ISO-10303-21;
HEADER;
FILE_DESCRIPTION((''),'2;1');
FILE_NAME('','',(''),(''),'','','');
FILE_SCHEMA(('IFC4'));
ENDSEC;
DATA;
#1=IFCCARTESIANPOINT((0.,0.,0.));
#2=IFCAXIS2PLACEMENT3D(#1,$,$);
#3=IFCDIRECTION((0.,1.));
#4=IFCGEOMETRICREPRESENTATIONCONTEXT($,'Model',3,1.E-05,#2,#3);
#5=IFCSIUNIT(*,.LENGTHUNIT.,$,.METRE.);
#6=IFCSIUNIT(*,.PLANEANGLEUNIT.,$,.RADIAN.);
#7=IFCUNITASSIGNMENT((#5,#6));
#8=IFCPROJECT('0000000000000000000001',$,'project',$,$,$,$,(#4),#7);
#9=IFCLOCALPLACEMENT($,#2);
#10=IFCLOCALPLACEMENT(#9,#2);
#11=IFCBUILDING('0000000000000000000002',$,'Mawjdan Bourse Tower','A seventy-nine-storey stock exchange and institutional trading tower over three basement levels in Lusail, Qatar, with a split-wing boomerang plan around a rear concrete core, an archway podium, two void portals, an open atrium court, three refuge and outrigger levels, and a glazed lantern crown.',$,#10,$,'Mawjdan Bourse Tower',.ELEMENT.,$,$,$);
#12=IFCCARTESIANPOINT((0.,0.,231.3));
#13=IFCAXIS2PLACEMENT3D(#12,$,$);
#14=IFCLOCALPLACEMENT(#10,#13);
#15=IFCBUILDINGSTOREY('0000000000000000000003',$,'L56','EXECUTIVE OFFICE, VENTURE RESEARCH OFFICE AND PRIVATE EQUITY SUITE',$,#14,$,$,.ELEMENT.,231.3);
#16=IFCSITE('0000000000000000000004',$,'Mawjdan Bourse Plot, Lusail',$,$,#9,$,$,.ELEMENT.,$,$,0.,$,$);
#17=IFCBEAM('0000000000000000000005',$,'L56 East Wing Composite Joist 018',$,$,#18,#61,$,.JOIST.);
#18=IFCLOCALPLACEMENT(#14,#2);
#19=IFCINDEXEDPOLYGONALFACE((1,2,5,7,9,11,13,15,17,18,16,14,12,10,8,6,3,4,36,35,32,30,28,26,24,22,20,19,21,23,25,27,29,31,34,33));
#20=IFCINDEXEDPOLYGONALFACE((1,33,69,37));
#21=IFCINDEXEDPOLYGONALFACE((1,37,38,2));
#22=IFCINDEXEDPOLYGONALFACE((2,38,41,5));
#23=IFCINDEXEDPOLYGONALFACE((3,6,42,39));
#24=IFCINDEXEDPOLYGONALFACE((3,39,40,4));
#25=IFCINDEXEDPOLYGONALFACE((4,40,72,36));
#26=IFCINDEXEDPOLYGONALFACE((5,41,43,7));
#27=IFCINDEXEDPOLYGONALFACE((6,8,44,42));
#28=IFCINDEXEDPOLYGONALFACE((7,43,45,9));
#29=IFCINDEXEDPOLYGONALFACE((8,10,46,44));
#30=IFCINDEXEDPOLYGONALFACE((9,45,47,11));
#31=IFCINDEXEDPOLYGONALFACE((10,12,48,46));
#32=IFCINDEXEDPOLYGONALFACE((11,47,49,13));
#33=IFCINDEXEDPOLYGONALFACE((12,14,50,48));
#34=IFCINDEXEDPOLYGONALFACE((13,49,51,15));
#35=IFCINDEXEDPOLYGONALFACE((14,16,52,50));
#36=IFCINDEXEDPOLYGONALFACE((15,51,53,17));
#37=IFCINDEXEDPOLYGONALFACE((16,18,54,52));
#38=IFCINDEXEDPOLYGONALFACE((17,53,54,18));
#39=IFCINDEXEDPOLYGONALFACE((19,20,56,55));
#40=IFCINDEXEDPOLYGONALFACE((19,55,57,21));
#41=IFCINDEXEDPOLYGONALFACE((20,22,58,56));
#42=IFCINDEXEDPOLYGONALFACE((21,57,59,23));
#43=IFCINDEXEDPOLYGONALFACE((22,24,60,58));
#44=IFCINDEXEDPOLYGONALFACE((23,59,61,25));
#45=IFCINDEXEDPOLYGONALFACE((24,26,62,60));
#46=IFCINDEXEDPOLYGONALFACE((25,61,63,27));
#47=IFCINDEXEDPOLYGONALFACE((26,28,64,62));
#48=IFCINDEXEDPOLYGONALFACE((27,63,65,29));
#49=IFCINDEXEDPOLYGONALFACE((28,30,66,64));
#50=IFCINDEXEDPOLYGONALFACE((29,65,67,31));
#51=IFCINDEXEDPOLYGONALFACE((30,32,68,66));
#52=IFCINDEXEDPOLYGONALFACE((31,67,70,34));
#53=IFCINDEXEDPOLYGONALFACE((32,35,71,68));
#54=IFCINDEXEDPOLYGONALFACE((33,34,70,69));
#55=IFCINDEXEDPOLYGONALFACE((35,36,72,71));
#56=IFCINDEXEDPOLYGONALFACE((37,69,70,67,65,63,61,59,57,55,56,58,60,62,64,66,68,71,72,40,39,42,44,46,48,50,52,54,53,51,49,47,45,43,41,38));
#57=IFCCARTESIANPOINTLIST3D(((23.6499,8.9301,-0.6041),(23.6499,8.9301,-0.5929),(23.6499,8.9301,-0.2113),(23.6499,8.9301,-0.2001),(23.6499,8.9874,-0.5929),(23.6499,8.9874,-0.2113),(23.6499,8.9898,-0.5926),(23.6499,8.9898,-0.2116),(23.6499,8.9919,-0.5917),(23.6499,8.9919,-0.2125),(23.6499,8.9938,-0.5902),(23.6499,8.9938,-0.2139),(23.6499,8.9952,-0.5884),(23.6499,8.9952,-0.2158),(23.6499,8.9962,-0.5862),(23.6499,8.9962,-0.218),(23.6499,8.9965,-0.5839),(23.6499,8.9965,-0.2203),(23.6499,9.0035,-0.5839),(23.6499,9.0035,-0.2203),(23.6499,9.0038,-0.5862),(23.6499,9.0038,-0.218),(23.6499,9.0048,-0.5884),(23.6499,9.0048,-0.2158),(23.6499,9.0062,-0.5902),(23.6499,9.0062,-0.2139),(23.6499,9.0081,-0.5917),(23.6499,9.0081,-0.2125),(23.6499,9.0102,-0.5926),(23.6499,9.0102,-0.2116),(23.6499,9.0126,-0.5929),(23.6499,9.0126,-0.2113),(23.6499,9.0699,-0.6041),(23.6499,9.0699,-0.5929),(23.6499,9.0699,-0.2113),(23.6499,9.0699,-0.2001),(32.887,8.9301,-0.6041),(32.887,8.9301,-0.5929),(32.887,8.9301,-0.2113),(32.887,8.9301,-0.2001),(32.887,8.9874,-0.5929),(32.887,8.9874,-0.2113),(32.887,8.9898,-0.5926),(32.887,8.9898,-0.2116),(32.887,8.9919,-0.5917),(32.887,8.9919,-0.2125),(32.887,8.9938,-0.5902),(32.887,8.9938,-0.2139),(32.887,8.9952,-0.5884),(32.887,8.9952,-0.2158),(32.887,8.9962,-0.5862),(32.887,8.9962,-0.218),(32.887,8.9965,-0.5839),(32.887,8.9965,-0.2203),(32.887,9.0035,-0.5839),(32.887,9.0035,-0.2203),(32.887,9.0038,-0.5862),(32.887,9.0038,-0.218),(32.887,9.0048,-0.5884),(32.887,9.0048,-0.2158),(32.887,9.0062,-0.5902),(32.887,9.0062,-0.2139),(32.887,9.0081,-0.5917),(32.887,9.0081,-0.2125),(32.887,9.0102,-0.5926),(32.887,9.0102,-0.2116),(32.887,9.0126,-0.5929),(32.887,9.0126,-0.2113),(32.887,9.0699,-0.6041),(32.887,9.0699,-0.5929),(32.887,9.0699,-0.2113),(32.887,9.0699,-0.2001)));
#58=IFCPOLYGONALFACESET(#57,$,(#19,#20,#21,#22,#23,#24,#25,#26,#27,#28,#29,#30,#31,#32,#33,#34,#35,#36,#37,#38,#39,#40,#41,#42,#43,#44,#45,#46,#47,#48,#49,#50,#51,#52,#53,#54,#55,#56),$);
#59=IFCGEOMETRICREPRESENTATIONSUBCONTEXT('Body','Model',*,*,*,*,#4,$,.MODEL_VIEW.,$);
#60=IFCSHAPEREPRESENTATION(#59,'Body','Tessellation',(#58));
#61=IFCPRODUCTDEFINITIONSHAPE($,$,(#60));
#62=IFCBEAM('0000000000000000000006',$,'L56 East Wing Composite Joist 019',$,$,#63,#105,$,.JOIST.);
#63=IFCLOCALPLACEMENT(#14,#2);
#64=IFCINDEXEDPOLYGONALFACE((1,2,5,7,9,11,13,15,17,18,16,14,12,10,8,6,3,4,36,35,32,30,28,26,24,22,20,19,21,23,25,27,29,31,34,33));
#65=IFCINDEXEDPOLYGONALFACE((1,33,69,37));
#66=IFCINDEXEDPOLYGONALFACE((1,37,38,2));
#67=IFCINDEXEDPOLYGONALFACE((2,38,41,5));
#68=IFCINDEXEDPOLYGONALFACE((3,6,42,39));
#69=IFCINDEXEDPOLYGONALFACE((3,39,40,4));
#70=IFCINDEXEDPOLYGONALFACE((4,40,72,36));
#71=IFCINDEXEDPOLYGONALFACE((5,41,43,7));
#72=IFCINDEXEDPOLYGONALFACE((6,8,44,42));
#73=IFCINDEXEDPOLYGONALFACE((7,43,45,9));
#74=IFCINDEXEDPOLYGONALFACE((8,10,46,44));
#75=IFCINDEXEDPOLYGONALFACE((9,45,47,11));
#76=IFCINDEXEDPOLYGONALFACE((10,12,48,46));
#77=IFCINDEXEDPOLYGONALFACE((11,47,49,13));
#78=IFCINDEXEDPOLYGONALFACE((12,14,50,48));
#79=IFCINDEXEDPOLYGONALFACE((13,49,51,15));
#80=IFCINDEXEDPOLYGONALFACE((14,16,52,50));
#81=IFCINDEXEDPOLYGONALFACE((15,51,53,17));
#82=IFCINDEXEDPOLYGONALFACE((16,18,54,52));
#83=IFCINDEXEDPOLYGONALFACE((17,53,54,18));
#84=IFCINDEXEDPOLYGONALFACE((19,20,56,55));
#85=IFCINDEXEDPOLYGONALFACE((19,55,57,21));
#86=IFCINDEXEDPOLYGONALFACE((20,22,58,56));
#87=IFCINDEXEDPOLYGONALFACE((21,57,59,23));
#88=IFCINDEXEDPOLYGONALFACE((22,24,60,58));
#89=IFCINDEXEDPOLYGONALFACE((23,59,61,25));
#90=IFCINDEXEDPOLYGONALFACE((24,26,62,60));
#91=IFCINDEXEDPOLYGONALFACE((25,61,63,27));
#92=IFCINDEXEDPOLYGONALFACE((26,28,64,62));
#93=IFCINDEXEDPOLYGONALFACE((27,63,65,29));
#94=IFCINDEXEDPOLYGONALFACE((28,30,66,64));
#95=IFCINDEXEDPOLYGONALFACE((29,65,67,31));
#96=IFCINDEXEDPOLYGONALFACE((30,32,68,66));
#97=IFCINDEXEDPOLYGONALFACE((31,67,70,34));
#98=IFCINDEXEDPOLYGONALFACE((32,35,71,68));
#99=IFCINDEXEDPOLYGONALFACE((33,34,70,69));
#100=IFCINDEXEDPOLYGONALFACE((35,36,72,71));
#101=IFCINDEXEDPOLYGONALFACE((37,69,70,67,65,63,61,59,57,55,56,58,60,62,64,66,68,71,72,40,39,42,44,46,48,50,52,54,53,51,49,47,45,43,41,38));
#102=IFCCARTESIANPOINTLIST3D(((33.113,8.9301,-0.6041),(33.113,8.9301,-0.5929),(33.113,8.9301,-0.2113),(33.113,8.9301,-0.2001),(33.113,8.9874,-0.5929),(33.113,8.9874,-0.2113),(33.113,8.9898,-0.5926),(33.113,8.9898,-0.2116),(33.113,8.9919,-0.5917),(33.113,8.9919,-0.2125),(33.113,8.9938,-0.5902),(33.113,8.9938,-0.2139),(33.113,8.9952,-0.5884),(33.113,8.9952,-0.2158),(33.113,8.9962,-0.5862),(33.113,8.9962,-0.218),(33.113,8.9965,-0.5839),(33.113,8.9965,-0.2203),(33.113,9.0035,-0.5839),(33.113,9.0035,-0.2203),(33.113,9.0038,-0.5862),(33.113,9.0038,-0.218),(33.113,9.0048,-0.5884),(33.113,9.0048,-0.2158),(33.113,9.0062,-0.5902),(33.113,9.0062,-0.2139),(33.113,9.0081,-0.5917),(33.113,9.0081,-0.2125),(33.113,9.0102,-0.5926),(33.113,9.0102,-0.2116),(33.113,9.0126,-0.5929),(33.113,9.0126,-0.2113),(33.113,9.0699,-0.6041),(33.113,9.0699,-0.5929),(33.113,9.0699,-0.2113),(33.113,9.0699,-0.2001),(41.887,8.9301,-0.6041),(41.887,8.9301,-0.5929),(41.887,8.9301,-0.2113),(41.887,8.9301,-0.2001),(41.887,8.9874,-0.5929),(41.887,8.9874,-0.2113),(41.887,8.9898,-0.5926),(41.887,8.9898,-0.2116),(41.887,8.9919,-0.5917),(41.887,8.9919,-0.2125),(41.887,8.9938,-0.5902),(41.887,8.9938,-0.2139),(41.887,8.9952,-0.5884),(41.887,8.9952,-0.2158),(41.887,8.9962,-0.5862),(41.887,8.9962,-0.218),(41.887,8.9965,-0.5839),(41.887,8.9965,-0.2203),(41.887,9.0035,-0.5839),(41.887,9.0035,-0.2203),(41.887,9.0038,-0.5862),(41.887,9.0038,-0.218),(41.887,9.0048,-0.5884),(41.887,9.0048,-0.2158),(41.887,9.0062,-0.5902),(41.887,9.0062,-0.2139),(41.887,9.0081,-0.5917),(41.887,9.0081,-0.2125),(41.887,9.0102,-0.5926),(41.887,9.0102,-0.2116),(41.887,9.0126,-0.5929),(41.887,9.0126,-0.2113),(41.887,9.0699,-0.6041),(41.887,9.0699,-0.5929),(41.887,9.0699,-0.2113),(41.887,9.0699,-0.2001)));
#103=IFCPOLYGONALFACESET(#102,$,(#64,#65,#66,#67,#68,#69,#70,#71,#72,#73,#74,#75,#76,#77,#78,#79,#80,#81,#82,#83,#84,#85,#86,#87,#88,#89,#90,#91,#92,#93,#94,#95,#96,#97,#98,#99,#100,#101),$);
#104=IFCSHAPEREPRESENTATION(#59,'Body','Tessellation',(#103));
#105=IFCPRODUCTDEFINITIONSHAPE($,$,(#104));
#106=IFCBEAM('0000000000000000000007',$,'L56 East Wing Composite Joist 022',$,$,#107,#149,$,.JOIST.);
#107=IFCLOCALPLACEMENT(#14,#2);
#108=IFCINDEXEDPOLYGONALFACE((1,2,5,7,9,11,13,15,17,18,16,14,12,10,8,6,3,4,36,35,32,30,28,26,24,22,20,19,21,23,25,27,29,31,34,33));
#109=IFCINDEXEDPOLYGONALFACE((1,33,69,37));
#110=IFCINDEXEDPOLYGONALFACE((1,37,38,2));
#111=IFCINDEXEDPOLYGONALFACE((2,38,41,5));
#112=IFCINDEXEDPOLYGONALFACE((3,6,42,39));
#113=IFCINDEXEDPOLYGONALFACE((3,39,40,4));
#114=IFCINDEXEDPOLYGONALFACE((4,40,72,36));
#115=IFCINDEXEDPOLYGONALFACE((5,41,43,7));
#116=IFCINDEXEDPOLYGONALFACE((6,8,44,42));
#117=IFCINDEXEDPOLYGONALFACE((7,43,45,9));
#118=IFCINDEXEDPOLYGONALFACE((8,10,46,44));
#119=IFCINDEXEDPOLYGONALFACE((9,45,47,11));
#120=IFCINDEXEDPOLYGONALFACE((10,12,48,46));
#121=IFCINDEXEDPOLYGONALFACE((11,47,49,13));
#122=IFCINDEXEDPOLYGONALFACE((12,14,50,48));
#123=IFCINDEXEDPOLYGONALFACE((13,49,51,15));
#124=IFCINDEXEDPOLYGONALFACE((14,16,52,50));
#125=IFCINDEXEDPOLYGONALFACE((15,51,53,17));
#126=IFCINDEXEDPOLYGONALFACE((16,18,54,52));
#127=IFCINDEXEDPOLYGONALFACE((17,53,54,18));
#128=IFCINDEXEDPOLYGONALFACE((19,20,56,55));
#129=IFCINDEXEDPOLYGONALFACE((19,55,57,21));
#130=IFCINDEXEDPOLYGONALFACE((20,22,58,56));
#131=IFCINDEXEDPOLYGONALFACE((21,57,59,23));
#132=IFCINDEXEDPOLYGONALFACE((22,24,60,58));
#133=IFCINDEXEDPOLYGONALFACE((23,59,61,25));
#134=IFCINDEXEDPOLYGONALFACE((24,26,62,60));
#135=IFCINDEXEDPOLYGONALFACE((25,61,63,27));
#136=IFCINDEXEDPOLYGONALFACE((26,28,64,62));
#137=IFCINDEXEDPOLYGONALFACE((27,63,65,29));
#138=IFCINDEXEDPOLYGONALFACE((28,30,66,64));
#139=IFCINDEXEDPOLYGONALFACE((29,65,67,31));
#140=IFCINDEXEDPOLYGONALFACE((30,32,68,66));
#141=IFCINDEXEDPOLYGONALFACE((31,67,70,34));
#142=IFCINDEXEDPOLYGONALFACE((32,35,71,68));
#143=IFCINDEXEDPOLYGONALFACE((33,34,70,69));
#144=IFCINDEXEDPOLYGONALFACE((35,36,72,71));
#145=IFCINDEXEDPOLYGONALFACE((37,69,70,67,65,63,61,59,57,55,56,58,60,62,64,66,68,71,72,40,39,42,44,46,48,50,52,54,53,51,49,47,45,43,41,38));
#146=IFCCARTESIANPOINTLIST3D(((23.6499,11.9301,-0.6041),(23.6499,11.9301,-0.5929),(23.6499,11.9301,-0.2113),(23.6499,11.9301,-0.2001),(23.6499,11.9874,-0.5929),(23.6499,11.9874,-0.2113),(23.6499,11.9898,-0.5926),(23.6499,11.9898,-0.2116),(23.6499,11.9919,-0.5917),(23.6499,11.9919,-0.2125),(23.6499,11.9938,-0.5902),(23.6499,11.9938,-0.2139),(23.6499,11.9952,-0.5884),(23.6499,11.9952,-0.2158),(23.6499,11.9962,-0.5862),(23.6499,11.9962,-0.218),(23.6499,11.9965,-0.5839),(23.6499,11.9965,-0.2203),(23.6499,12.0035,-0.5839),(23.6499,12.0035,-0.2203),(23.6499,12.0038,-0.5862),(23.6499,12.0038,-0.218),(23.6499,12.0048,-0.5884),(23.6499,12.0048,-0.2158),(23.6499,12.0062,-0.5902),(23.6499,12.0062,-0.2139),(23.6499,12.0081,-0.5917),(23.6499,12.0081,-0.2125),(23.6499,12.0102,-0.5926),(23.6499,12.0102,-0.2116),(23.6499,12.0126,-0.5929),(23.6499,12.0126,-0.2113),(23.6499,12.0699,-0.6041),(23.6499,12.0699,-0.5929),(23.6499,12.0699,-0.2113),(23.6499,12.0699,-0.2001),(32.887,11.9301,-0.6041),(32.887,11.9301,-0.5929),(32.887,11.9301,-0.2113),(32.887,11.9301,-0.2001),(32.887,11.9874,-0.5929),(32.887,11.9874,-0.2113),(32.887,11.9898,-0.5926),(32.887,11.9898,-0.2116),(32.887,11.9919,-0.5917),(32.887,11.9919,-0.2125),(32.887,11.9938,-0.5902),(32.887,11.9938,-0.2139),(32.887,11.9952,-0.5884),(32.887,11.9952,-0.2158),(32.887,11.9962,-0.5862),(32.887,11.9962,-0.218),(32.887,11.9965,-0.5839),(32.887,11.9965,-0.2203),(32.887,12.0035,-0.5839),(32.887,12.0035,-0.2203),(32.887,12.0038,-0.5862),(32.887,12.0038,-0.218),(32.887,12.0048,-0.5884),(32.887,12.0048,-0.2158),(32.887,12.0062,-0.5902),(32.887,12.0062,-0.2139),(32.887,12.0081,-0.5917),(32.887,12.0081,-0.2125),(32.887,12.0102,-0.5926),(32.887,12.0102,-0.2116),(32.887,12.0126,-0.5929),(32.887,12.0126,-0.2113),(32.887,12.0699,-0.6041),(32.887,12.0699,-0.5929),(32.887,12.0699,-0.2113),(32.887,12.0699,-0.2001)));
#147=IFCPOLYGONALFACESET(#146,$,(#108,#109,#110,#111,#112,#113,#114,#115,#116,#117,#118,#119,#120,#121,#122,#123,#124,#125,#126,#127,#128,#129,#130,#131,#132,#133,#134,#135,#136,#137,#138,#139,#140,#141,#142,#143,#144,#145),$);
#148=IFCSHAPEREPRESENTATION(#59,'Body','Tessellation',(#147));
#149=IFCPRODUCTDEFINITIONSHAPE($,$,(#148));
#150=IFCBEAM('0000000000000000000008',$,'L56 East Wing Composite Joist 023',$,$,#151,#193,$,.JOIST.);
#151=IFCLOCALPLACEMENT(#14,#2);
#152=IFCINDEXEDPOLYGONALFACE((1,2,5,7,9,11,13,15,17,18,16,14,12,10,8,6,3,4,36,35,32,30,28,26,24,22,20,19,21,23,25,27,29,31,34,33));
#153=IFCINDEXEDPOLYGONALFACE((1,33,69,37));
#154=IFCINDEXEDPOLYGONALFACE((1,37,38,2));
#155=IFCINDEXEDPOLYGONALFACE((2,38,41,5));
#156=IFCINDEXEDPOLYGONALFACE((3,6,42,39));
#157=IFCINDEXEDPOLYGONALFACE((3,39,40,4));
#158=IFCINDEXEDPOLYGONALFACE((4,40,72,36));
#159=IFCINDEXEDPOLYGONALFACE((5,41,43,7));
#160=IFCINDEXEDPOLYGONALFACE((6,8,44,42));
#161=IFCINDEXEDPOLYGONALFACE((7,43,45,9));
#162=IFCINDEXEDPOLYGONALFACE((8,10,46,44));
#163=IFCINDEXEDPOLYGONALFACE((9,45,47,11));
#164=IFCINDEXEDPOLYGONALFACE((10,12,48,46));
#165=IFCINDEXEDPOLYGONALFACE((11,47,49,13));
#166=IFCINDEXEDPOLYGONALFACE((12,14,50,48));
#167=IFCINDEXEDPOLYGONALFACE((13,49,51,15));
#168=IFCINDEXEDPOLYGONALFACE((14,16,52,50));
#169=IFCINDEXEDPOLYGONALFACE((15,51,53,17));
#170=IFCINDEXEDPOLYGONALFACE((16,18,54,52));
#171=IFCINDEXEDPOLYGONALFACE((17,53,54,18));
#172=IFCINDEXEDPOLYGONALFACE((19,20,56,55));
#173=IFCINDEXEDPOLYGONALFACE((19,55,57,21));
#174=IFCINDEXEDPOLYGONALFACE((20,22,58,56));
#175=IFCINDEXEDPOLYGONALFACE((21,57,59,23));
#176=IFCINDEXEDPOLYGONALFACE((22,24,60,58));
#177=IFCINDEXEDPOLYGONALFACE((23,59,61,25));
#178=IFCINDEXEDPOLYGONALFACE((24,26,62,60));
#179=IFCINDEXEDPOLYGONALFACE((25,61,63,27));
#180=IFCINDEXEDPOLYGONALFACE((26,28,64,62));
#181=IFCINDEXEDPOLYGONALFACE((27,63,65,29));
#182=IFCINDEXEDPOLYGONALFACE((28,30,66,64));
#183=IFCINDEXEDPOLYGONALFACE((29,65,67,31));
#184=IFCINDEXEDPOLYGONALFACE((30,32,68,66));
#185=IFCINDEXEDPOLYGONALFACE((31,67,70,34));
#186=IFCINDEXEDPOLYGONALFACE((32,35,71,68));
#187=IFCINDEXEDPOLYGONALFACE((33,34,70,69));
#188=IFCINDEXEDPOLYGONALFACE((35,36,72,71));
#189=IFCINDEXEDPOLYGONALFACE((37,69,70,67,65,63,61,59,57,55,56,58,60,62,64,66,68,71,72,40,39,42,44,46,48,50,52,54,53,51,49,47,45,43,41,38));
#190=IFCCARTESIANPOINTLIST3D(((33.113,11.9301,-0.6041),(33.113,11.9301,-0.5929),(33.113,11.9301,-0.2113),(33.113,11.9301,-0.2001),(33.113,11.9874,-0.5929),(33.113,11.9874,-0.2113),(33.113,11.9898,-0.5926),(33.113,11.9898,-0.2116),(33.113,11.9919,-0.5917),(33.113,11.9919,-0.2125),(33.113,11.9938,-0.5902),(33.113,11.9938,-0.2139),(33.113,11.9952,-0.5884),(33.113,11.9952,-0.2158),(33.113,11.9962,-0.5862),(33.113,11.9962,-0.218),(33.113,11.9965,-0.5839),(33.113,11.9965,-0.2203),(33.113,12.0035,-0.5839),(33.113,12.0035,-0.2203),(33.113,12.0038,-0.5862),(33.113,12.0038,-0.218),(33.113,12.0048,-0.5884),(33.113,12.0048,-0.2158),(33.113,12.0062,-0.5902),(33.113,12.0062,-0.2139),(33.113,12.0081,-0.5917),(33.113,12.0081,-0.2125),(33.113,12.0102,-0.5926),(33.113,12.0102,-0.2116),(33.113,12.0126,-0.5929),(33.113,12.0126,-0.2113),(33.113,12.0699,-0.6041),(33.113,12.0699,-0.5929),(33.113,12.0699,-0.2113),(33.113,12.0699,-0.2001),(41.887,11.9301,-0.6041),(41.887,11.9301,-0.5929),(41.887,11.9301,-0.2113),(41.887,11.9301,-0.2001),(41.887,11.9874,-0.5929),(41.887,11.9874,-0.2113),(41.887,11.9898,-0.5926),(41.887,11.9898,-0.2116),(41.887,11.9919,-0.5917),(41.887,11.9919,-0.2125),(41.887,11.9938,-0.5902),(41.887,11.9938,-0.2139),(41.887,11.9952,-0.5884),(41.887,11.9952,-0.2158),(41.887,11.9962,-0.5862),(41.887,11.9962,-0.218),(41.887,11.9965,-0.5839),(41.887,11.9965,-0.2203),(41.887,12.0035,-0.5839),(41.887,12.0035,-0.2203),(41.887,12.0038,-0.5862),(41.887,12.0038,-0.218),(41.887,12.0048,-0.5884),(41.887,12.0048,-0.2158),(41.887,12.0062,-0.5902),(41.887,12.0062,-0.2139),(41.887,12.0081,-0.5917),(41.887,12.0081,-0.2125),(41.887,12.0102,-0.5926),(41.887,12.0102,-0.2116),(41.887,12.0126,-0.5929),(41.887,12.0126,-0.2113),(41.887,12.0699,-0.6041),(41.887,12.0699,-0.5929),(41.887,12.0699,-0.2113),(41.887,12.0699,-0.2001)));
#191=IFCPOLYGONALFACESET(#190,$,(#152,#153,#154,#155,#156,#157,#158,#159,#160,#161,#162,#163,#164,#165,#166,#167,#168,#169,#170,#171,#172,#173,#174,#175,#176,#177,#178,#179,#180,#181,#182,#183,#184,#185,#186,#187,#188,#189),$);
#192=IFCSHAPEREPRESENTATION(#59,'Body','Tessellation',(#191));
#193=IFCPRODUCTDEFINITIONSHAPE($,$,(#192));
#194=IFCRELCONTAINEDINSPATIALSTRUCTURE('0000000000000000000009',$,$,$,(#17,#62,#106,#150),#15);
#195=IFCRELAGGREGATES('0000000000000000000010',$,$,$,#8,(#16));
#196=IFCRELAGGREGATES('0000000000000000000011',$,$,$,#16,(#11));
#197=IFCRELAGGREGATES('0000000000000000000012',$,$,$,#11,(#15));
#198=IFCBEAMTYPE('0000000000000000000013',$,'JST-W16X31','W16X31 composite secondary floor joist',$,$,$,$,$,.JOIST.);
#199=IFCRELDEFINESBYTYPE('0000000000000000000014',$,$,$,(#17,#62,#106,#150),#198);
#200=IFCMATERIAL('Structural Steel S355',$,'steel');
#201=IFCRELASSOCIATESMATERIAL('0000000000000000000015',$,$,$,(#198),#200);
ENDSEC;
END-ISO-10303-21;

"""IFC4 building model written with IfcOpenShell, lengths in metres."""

from ifc_helpers import new_model, si_unit, direction, frame, origin, origin_2d, place, context, subcontext, project, spatial, i_section, extrude, material, material_profile, profile_set, type_object, element, save


model = new_model("IFC4")

# Units and contexts
model_context = context("Model", 3, precision=1e-05, world=origin(), true_north=direction((0.0, 1.0)))
body_context = subcontext(model_context, "Body", "Model", "MODEL_VIEW")
ifc_project = project(units=[si_unit("LENGTHUNIT", "METRE"), si_unit("PLANEANGLEUNIT", "RADIAN")], contexts=[model_context])

# Site, building, storey
site_placement = place(None, origin())
site = spatial("IfcSite", under=ifc_project, at=site_placement, Name="Mawjdan Bourse Plot, Lusail", CompositionType="ELEMENT", RefElevation=0.0)
building_placement = place(site_placement, origin())
building = spatial("IfcBuilding", under=site, at=building_placement, Name="Mawjdan Bourse Tower", Description="A seventy-nine-storey stock exchange and institutional trading tower over three basement levels in Lusail, Qatar, with a split-wing boomerang plan around a rear concrete core, an archway podium, two void portals, an open atrium court, three refuge and outrigger levels, and a glazed lantern crown.", LongName="Mawjdan Bourse Tower", CompositionType="ELEMENT")
storey_placement = place(building_placement, frame((0.0, 0.0, 231.3)))
storey = spatial("IfcBuildingStorey", under=building, at=storey_placement, Name="L56", Description="EXECUTIVE OFFICE, VENTURE RESEARCH OFFICE AND PRIVATE EQUITY SUITE", CompositionType="ELEMENT", Elevation=231.3)

# Beams
ifc_material_1 = material(Name="Structural Steel S355", Category="steel")
ifc_material_profile_1 = material_profile(ifc_material_1, i_section(OverallWidth=0.1399, OverallDepth=0.4041, WebThickness=0.0071, FlangeThickness=0.0112, FilletRadius=0.009, at=origin_2d()), Name="W16X31")
ifc_profile_set_1 = profile_set([ifc_material_profile_1], Name="Structural Steel S355")
beam_type_1 = type_object("IfcBeamType", Name="JST-W16X31", Description="W16X31 composite secondary floor joist", PredefinedType="JOIST", material=ifc_profile_set_1)
beam_1_placement = place(storey_placement, frame((23.6499, 9.0, -0.4021), z_axis=(1.0, 0.0, 0.0), x_axis=(0.0, 1.0, 0.0)))
element("IfcBeam", 1, at=beam_1_placement, inside=storey, type_object=beam_type_1, Name="L56 East Wing Composite Joist 018", PredefinedType="JOIST", context=body_context, shape_type="SweptSolid", body=[
    extrude(i_section(OverallWidth=0.1399, OverallDepth=0.4041, WebThickness=0.0071, FlangeThickness=0.0112, FilletRadius=0.009, at=origin_2d()), origin(), (0.0, 0.0, 1.0), 9.2371),
])
beam_2_placement = place(storey_placement, frame((33.113, 9.0, -0.4021), z_axis=(1.0, 0.0, 0.0), x_axis=(0.0, 1.0, 0.0)))
element("IfcBeam", 2, at=beam_2_placement, inside=storey, type_object=beam_type_1, Name="L56 East Wing Composite Joist 019", PredefinedType="JOIST", context=body_context, shape_type="SweptSolid", body=[
    extrude(i_section(OverallWidth=0.1399, OverallDepth=0.4041, WebThickness=0.0071, FlangeThickness=0.0112, FilletRadius=0.009, at=origin_2d()), origin(), (0.0, 0.0, 1.0), 8.7739),
])
beam_3_placement = place(storey_placement, frame((23.6499, 12.0, -0.4021), z_axis=(1.0, 0.0, 0.0), x_axis=(0.0, 1.0, 0.0)))
element("IfcBeam", 3, at=beam_3_placement, inside=storey, type_object=beam_type_1, Name="L56 East Wing Composite Joist 022", PredefinedType="JOIST", context=body_context, shape_type="SweptSolid", body=[
    extrude(i_section(OverallWidth=0.1399, OverallDepth=0.4041, WebThickness=0.0071, FlangeThickness=0.0112, FilletRadius=0.009, at=origin_2d()), origin(), (0.0, 0.0, 1.0), 9.2371),
])
beam_4_placement = place(storey_placement, frame((33.113, 12.0, -0.4021), z_axis=(1.0, 0.0, 0.0), x_axis=(0.0, 1.0, 0.0)))
element("IfcBeam", 4, at=beam_4_placement, inside=storey, type_object=beam_type_1, Name="L56 East Wing Composite Joist 023", PredefinedType="JOIST", context=body_context, shape_type="SweptSolid", body=[
    extrude(i_section(OverallWidth=0.1399, OverallDepth=0.4041, WebThickness=0.0071, FlangeThickness=0.0112, FilletRadius=0.009, at=origin_2d()), origin(), (0.0, 0.0, 1.0), 8.7739),
])

save(model, "model.ifc")
